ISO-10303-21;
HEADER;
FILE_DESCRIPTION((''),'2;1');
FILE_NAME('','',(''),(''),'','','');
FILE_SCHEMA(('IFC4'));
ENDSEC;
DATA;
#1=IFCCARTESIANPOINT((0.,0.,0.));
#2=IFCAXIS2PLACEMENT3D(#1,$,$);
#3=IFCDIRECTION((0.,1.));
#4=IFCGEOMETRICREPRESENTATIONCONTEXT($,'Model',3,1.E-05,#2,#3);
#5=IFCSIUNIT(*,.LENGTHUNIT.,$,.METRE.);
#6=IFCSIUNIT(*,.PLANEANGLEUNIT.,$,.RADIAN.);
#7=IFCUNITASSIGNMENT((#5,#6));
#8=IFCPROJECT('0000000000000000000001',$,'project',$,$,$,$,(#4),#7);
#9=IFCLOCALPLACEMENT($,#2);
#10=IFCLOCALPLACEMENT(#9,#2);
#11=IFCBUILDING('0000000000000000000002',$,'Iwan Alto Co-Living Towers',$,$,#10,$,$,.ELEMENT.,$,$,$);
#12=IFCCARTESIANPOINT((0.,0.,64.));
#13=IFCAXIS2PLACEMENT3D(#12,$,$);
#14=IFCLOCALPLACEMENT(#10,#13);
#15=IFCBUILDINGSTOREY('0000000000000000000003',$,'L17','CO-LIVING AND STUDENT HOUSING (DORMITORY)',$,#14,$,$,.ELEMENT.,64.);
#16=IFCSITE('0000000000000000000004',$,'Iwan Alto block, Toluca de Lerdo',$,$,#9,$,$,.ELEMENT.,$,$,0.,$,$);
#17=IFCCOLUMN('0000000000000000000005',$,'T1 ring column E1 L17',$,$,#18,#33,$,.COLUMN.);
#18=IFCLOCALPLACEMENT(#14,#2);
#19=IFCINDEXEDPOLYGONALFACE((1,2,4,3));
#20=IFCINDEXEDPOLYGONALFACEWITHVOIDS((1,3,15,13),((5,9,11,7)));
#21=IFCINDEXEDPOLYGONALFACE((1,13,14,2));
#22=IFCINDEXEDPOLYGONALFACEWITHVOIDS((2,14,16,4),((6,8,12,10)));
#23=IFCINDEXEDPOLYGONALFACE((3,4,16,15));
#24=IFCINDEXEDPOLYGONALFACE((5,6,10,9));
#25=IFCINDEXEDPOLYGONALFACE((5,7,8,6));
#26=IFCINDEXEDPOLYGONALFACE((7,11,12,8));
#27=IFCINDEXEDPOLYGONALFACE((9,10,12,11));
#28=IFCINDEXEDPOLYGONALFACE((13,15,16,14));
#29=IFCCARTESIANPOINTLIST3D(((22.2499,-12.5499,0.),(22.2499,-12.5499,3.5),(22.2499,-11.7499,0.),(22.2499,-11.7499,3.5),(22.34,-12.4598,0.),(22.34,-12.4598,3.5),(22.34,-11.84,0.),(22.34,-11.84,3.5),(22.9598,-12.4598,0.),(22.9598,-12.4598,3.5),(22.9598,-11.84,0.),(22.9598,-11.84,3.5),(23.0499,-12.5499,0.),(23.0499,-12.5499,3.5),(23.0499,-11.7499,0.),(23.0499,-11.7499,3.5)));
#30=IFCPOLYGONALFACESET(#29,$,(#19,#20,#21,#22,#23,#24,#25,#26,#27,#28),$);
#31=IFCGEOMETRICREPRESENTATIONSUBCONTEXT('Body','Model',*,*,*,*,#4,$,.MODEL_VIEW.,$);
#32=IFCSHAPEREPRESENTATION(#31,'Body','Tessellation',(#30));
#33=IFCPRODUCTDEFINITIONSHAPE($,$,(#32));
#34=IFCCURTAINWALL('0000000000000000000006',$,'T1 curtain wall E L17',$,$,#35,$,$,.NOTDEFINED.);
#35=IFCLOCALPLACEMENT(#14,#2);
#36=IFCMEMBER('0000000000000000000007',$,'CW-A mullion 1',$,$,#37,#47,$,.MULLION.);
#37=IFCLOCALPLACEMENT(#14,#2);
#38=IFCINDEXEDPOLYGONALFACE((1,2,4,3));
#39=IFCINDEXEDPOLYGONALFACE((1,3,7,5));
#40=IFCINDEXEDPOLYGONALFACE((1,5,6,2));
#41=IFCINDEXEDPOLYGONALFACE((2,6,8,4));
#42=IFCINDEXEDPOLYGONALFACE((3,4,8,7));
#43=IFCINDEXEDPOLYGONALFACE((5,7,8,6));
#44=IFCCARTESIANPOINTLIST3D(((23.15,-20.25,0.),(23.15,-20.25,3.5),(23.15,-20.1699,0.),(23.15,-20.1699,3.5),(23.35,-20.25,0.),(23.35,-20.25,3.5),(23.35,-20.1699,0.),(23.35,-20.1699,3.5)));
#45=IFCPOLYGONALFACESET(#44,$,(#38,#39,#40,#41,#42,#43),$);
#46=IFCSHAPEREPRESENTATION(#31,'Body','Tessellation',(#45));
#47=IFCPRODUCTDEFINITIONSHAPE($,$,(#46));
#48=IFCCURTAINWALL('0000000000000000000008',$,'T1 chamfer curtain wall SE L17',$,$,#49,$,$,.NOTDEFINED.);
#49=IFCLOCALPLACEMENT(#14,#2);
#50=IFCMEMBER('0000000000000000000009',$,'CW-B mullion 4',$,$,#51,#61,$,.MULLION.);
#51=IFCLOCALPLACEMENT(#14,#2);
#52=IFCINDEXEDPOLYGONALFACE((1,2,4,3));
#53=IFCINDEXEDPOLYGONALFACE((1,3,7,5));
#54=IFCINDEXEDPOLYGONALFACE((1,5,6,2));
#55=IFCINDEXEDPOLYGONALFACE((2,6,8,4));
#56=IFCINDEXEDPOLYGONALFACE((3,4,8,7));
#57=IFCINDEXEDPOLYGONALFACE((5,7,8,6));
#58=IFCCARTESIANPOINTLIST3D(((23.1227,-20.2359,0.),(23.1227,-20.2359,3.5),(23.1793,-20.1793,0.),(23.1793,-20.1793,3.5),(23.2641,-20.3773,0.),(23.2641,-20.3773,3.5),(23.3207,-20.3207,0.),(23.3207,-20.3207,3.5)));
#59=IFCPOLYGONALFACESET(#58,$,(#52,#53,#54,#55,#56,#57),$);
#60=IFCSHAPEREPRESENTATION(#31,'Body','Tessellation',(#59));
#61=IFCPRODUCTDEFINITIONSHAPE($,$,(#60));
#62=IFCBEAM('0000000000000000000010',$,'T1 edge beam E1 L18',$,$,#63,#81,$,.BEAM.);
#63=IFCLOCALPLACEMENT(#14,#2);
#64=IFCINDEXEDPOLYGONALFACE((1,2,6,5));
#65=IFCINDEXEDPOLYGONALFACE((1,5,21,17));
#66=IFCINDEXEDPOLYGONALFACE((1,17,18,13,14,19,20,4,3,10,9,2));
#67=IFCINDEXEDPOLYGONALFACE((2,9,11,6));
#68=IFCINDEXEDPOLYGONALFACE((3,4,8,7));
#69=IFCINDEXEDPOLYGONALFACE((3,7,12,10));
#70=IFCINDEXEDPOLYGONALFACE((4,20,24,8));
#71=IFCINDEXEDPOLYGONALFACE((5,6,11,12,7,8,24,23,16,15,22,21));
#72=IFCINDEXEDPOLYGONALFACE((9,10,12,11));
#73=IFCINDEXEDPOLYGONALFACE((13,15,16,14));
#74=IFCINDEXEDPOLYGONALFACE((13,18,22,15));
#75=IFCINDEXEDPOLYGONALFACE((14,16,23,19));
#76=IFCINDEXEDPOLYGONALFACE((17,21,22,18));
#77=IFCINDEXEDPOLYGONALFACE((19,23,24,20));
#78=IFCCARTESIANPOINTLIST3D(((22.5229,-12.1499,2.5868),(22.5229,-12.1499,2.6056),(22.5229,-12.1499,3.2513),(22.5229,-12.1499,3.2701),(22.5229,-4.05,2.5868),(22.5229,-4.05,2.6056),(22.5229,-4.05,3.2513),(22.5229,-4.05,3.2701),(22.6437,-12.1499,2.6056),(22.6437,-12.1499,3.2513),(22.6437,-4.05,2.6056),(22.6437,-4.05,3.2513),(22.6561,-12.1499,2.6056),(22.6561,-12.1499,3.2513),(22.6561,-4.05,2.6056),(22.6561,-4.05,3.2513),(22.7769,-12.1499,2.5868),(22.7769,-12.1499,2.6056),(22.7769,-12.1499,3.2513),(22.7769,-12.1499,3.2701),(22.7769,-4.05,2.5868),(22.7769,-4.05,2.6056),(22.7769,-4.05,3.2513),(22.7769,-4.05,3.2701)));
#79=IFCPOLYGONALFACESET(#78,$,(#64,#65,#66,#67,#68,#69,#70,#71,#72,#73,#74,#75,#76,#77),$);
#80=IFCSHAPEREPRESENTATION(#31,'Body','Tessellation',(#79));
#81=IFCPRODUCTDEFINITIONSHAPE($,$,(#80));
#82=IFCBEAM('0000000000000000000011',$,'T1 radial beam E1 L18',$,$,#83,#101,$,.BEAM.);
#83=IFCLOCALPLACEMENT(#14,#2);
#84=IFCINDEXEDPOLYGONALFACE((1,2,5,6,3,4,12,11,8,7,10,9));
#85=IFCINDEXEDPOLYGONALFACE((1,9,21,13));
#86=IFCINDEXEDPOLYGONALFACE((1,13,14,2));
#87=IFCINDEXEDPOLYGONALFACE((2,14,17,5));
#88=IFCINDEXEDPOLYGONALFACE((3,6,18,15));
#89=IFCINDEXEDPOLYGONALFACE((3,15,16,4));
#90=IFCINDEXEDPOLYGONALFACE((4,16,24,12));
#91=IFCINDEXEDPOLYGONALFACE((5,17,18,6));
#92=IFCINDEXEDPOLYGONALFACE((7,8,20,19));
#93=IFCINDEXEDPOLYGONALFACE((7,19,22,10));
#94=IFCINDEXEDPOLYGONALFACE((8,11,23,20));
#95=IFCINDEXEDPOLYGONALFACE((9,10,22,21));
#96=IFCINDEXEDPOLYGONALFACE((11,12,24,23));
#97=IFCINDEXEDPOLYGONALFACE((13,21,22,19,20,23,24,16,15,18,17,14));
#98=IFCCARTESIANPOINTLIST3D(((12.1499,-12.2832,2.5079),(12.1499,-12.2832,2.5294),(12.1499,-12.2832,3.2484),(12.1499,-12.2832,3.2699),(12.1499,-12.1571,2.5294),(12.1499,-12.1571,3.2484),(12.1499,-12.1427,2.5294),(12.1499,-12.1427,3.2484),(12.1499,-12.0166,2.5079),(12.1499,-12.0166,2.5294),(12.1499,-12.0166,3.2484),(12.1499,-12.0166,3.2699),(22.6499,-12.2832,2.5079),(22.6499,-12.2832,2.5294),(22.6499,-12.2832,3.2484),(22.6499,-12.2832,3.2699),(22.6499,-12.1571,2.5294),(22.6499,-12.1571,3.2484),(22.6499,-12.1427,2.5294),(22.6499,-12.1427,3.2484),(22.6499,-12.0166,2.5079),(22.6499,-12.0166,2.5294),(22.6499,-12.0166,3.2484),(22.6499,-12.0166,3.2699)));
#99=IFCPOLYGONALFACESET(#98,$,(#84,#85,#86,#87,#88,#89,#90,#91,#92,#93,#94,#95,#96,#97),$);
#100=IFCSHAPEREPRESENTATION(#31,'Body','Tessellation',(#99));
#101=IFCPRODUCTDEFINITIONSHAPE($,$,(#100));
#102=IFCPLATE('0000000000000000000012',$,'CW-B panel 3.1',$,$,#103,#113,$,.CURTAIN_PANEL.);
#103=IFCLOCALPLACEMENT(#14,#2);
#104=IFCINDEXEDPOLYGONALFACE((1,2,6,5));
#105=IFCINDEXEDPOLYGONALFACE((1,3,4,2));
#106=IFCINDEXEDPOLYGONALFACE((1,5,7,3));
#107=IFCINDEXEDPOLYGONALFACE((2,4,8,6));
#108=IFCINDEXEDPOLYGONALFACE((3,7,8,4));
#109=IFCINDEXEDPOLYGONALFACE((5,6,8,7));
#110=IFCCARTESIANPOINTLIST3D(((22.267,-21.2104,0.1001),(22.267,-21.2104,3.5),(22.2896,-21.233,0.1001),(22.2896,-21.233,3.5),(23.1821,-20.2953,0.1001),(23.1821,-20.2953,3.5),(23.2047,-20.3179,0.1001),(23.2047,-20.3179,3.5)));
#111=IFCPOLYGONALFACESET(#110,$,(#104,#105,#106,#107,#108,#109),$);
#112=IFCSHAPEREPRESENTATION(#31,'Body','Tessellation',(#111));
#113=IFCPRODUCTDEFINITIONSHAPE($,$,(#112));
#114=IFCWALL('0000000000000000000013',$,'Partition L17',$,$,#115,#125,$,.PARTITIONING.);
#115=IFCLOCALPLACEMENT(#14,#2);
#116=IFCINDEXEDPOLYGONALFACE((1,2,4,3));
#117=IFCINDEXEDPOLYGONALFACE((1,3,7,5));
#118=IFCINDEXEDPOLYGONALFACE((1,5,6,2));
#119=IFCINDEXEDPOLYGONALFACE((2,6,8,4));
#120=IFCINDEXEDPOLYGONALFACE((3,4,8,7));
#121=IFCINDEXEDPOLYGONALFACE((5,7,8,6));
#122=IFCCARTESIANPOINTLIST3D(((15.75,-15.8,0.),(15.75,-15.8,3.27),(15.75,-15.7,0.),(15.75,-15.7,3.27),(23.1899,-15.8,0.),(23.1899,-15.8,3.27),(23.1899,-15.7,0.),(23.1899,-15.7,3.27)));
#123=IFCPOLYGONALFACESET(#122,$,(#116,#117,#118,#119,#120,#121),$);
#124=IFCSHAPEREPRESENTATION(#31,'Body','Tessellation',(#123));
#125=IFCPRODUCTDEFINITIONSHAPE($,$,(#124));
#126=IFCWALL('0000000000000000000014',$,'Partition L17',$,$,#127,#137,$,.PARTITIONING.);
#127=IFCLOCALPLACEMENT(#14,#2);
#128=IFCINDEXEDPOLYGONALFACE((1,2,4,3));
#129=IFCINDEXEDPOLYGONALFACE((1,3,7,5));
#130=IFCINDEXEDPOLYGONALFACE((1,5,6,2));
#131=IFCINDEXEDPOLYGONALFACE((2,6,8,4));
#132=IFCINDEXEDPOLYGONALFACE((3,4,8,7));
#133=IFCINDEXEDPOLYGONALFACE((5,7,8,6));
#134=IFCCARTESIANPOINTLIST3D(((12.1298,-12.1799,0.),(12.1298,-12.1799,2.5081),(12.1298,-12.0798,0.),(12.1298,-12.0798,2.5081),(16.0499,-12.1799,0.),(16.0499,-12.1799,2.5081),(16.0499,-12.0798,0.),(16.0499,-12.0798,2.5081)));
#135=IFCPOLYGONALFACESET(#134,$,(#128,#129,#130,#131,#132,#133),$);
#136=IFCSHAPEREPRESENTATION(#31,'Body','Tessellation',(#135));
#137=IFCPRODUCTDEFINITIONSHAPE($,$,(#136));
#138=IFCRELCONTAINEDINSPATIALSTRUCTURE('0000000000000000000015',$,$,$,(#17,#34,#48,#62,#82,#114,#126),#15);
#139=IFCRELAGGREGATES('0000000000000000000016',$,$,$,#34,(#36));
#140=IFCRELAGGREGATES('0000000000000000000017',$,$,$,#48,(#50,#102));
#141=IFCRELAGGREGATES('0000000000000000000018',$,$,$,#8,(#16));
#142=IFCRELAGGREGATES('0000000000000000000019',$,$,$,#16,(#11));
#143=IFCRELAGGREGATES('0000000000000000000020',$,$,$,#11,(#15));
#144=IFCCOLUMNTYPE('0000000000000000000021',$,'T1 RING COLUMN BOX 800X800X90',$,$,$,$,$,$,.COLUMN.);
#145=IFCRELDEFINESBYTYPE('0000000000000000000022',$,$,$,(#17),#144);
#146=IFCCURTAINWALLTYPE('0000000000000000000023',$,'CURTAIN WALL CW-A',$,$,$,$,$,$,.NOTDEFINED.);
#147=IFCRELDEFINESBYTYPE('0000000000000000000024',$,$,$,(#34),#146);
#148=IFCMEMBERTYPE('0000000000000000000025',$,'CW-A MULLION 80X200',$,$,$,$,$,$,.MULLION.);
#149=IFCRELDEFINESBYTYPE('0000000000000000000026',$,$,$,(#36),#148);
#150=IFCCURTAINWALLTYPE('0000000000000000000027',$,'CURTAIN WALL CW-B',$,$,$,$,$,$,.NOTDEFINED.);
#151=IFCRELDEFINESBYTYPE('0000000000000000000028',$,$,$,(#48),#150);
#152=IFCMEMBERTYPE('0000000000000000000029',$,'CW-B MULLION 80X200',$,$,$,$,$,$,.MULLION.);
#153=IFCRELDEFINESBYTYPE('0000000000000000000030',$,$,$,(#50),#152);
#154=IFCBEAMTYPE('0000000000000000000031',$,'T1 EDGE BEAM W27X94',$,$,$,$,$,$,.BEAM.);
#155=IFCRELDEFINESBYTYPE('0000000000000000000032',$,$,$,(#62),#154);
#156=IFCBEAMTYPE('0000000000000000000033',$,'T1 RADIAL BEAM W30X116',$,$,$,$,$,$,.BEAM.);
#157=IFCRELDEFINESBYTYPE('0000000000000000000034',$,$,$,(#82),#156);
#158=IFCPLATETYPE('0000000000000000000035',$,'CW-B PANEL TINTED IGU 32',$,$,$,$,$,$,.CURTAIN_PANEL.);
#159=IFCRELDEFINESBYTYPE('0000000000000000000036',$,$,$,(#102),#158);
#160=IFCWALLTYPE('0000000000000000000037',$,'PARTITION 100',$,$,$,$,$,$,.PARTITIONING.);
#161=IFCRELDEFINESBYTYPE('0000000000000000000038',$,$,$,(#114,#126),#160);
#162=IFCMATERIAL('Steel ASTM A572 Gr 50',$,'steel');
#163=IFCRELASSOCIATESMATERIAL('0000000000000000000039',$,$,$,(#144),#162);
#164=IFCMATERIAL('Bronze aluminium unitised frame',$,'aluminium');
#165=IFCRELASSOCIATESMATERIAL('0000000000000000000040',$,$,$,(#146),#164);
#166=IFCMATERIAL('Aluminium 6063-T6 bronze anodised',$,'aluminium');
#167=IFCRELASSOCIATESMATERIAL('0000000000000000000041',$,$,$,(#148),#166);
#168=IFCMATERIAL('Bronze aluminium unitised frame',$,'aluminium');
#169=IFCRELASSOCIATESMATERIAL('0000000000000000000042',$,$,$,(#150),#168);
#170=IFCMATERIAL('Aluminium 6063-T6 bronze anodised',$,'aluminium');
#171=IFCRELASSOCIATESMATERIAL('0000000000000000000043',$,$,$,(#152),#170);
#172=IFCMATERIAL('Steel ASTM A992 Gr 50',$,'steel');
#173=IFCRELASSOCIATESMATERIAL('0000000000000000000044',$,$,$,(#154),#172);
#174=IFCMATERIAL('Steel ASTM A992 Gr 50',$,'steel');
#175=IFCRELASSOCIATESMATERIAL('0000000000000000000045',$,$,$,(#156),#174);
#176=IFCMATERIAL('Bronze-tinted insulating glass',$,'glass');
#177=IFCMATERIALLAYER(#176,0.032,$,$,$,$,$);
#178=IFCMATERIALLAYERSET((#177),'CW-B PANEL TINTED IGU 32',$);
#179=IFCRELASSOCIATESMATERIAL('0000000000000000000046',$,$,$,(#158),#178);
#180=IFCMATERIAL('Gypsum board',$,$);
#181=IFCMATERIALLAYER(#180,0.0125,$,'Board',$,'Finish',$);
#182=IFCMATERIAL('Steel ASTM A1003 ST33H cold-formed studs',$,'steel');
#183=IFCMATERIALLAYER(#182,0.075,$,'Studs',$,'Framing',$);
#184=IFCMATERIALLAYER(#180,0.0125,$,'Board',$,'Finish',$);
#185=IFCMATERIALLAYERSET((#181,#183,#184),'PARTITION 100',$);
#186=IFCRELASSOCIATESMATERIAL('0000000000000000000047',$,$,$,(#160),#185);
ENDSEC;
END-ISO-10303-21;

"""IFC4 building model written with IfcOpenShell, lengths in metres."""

from ifc_helpers import new_model, si_unit, direction, frame, frame_2d, origin, origin_2d, place, context, subcontext, project, spatial, rectangle, hollow_rectangle, i_section, extrude, material, layer, layer_set, material_profile, profile_set, type_object, element, aggregate, save


model = new_model("IFC4")

# Units and contexts
model_context = context("Model", 3, precision=1e-05, world=origin(), true_north=direction((0.0, 1.0)))
body_context = subcontext(model_context, "Body", "Model", "MODEL_VIEW")
ifc_project = project(units=[si_unit("LENGTHUNIT", "METRE"), si_unit("PLANEANGLEUNIT", "RADIAN")], contexts=[model_context])

# Site, building, storey
site_placement = place(None, origin())
site = spatial("IfcSite", under=ifc_project, at=site_placement, Name="Iwan Alto block, Toluca de Lerdo", CompositionType="ELEMENT", RefElevation=0.0)
building_placement = place(site_placement, origin())
building = spatial("IfcBuilding", under=site, at=building_placement, Name="Iwan Alto Co-Living Towers", CompositionType="ELEMENT")
storey_placement = place(building_placement, frame((0.0, 0.0, 64.0)))
storey = spatial("IfcBuildingStorey", under=building, at=storey_placement, Name="L17", Description="CO-LIVING AND STUDENT HOUSING (DORMITORY)", CompositionType="ELEMENT", Elevation=64.0)

# Column
ifc_material_1 = material(Name="Steel ASTM A572 Gr 50", Category="steel")
ifc_material_profile_1 = material_profile(ifc_material_1, hollow_rectangle(XDim=0.8, YDim=0.8, WallThickness=0.0901, at=origin_2d()), Name="BOX 800X800X90")
ifc_profile_set_1 = profile_set([ifc_material_profile_1], Name="Steel ASTM A572 Gr 50")
column_type = type_object("IfcColumnType", Name="T1 RING COLUMN BOX 800X800X90", PredefinedType="COLUMN", material=ifc_profile_set_1)
column_placement = place(storey_placement, frame((22.6499, -12.1499, 0.0), z_axis=(0.0, 0.0, 1.0), x_axis=(1.0, 0.0, 0.0)))
element("IfcColumn", 1, at=column_placement, inside=storey, type_object=column_type, Name="T1 ring column E1 L17", PredefinedType="COLUMN", context=body_context, shape_type="SweptSolid", body=[
    extrude(hollow_rectangle(XDim=0.8, YDim=0.8, WallThickness=0.0901, at=origin_2d()), origin(), (0.0, 0.0, 1.0), 3.5),
])

# Curtain walls, members
ifc_material_2 = material(Name="Bronze aluminium unitised frame", Category="aluminium")
curtain_wall_type_1 = type_object("IfcCurtainWallType", Name="CURTAIN WALL CW-A", PredefinedType="NOTDEFINED", material=ifc_material_2)
curtain_wall_1_placement = place(storey_placement, origin())
curtain_wall_1 = element("IfcCurtainWall", 2, at=curtain_wall_1_placement, inside=storey, type_object=curtain_wall_type_1, Name="T1 curtain wall E L17", PredefinedType="NOTDEFINED")
ifc_material_3 = material(Name="Aluminium 6063-T6 bronze anodised", Category="aluminium")
ifc_material_profile_2 = material_profile(ifc_material_3, rectangle(XDim=0.2, YDim=0.0801, at=origin_2d()), Name="AL 80X200")
ifc_profile_set_2 = profile_set([ifc_material_profile_2], Name="Aluminium 6063-T6 bronze anodised")
member_type_1 = type_object("IfcMemberType", Name="CW-A MULLION 80X200", PredefinedType="MULLION", material=ifc_profile_set_2)
member_1_placement = place(storey_placement, frame((23.25, -20.21, 0.0), z_axis=(0.0, 0.0, 1.0), x_axis=(-1.0, 0.0, 0.0)))
member_1 = element("IfcMember", 3, at=member_1_placement, type_object=member_type_1, Name="CW-A mullion 1", PredefinedType="MULLION", context=body_context, shape_type="SweptSolid", body=[
    extrude(rectangle(XDim=0.2, YDim=0.0801, at=origin_2d()), origin(), (0.0, 0.0, 1.0), 3.5),
])
aggregate(curtain_wall_1, [member_1])
ifc_material_4 = material(Name="Bronze aluminium unitised frame", Category="aluminium")
curtain_wall_type_2 = type_object("IfcCurtainWallType", Name="CURTAIN WALL CW-B", PredefinedType="NOTDEFINED", material=ifc_material_4)
curtain_wall_2_placement = place(storey_placement, origin())
curtain_wall_2 = element("IfcCurtainWall", 4, at=curtain_wall_2_placement, inside=storey, type_object=curtain_wall_type_2, Name="T1 chamfer curtain wall SE L17", PredefinedType="NOTDEFINED")
ifc_material_5 = material(Name="Aluminium 6063-T6 bronze anodised", Category="aluminium")
ifc_material_profile_3 = material_profile(ifc_material_5, rectangle(XDim=0.2, YDim=0.0801, at=origin_2d()), Name="AL 80X200")
ifc_profile_set_3 = profile_set([ifc_material_profile_3], Name="Aluminium 6063-T6 bronze anodised")
member_type_2 = type_object("IfcMemberType", Name="CW-B MULLION 80X200", PredefinedType="MULLION", material=ifc_profile_set_3)
member_2_placement = place(storey_placement, frame((23.2217, -20.2783, 0.0), z_axis=(0.0, 0.0, 1.0), x_axis=(-0.707107, 0.707107, 0.0)))
member_2 = element("IfcMember", 5, at=member_2_placement, type_object=member_type_2, Name="CW-B mullion 4", PredefinedType="MULLION", context=body_context, shape_type="SweptSolid", body=[
    extrude(rectangle(XDim=0.2, YDim=0.0801, at=origin_2d()), origin(), (0.0, 0.0, 1.0), 3.5),
])

# Beams
ifc_material_6 = material(Name="Steel ASTM A992 Gr 50", Category="steel")
ifc_material_profile_4 = material_profile(ifc_material_6, i_section(OverallWidth=0.2539, OverallDepth=0.6833, WebThickness=0.0125, FlangeThickness=0.0188, at=origin_2d()), Name="W27X94")
ifc_profile_set_4 = profile_set([ifc_material_profile_4], Name="Steel ASTM A992 Gr 50")
beam_type_1 = type_object("IfcBeamType", Name="T1 EDGE BEAM W27X94", PredefinedType="BEAM", material=ifc_profile_set_4)
beam_1_placement = place(storey_placement, frame((22.6499, -12.1499, 2.9285), z_axis=(0.0, 1.0, 0.0), x_axis=(-1.0, 0.0, 0.0)))
element("IfcBeam", 6, at=beam_1_placement, inside=storey, type_object=beam_type_1, Name="T1 edge beam E1 L18", PredefinedType="BEAM", context=body_context, shape_type="SweptSolid", body=[
    extrude(i_section(OverallWidth=0.2539, OverallDepth=0.6833, WebThickness=0.0125, FlangeThickness=0.0188, at=origin_2d()), origin(), (0.0, 0.0, 1.0), 8.0999),
])
ifc_material_7 = material(Name="Steel ASTM A992 Gr 50", Category="steel")
ifc_material_profile_5 = material_profile(ifc_material_7, i_section(OverallWidth=0.2666, OverallDepth=0.762, WebThickness=0.0144, FlangeThickness=0.0215, at=origin_2d()), Name="W30X116")
ifc_profile_set_5 = profile_set([ifc_material_profile_5], Name="Steel ASTM A992 Gr 50")
beam_type_2 = type_object("IfcBeamType", Name="T1 RADIAL BEAM W30X116", PredefinedType="BEAM", material=ifc_profile_set_5)
beam_2_placement = place(storey_placement, frame((22.6499, -12.1499, 2.8889), z_axis=(-1.0, 0.0, 0.0), x_axis=(0.0, -1.0, 0.0)))
element("IfcBeam", 7, at=beam_2_placement, inside=storey, type_object=beam_type_2, Name="T1 radial beam E1 L18", PredefinedType="BEAM", context=body_context, shape_type="SweptSolid", body=[
    extrude(i_section(OverallWidth=0.2666, OverallDepth=0.762, WebThickness=0.0144, FlangeThickness=0.0215, at=origin_2d()), origin(), (0.0, 0.0, 1.0), 10.5),
])

# Plate
ifc_material_8 = material(Name="Bronze-tinted insulating glass", Category="glass")
ifc_layer_1 = layer(ifc_material_8, 0.032)
ifc_layer_set_1 = layer_set([ifc_layer_1], Name="CW-B PANEL TINTED IGU 32")
plate_type = type_object("IfcPlateType", Name="CW-B PANEL TINTED IGU 32", PredefinedType="CURTAIN_PANEL", material=ifc_layer_set_1)
plate_placement = place(storey_placement, frame((22.7358, -20.7642, 0.1001), z_axis=(0.0, 0.0, 1.0), x_axis=(0.707107, 0.707107, 0.0)))
plate = element("IfcPlate", 8, at=plate_placement, type_object=plate_type, Name="CW-B panel 3.1", PredefinedType="CURTAIN_PANEL", context=body_context, shape_type="SweptSolid", body=[
    extrude(rectangle(XDim=1.2942, YDim=0.032, at=origin_2d()), origin(), (0.0, 0.0, 1.0), 3.3999),
])
aggregate(curtain_wall_2, [member_2, plate])

# Walls
ifc_material_9 = material(Name="Gypsum board")
ifc_layer_2 = layer(ifc_material_9, 0.0125, Name="Board", Category="Finish")
ifc_material_10 = material(Name="Steel ASTM A1003 ST33H cold-formed studs", Category="steel")
ifc_layer_3 = layer(ifc_material_10, 0.075, Name="Studs", Category="Framing")
ifc_layer_4 = layer(ifc_material_9, 0.0125, Name="Board", Category="Finish")
ifc_layer_set_2 = layer_set([ifc_layer_2, ifc_layer_3, ifc_layer_4], Name="PARTITION 100")
wall_type = type_object("IfcWallType", Name="PARTITION 100", PredefinedType="PARTITIONING", material=ifc_layer_set_2)
wall_1_placement = place(storey_placement, frame((15.75, -15.75, 0.0), z_axis=(0.0, 0.0, 1.0), x_axis=(1.0, 0.0, 0.0)))
element("IfcWall", 9, at=wall_1_placement, inside=storey, type_object=wall_type, Name="Partition L17", PredefinedType="PARTITIONING", context=body_context, shape_type="SweptSolid", body=[
    extrude(rectangle(XDim=7.4399, YDim=0.1001, at=frame_2d((3.72, 0.0))), origin(), (0.0, 0.0, 1.0), 3.27),
])
wall_2_placement = place(storey_placement, frame((12.1299, -12.1299, 0.0), z_axis=(0.0, 0.0, 1.0), x_axis=(1.0, 0.0, 0.0)))
element("IfcWall", 10, at=wall_2_placement, inside=storey, type_object=wall_type, Name="Partition L17", PredefinedType="PARTITIONING", context=body_context, shape_type="SweptSolid", body=[
    extrude(rectangle(XDim=3.9202, YDim=0.1001, at=frame_2d((1.96, 0.0))), origin(), (0.0, 0.0, 1.0), 2.5081),
])

save(model, "model.ifc")
